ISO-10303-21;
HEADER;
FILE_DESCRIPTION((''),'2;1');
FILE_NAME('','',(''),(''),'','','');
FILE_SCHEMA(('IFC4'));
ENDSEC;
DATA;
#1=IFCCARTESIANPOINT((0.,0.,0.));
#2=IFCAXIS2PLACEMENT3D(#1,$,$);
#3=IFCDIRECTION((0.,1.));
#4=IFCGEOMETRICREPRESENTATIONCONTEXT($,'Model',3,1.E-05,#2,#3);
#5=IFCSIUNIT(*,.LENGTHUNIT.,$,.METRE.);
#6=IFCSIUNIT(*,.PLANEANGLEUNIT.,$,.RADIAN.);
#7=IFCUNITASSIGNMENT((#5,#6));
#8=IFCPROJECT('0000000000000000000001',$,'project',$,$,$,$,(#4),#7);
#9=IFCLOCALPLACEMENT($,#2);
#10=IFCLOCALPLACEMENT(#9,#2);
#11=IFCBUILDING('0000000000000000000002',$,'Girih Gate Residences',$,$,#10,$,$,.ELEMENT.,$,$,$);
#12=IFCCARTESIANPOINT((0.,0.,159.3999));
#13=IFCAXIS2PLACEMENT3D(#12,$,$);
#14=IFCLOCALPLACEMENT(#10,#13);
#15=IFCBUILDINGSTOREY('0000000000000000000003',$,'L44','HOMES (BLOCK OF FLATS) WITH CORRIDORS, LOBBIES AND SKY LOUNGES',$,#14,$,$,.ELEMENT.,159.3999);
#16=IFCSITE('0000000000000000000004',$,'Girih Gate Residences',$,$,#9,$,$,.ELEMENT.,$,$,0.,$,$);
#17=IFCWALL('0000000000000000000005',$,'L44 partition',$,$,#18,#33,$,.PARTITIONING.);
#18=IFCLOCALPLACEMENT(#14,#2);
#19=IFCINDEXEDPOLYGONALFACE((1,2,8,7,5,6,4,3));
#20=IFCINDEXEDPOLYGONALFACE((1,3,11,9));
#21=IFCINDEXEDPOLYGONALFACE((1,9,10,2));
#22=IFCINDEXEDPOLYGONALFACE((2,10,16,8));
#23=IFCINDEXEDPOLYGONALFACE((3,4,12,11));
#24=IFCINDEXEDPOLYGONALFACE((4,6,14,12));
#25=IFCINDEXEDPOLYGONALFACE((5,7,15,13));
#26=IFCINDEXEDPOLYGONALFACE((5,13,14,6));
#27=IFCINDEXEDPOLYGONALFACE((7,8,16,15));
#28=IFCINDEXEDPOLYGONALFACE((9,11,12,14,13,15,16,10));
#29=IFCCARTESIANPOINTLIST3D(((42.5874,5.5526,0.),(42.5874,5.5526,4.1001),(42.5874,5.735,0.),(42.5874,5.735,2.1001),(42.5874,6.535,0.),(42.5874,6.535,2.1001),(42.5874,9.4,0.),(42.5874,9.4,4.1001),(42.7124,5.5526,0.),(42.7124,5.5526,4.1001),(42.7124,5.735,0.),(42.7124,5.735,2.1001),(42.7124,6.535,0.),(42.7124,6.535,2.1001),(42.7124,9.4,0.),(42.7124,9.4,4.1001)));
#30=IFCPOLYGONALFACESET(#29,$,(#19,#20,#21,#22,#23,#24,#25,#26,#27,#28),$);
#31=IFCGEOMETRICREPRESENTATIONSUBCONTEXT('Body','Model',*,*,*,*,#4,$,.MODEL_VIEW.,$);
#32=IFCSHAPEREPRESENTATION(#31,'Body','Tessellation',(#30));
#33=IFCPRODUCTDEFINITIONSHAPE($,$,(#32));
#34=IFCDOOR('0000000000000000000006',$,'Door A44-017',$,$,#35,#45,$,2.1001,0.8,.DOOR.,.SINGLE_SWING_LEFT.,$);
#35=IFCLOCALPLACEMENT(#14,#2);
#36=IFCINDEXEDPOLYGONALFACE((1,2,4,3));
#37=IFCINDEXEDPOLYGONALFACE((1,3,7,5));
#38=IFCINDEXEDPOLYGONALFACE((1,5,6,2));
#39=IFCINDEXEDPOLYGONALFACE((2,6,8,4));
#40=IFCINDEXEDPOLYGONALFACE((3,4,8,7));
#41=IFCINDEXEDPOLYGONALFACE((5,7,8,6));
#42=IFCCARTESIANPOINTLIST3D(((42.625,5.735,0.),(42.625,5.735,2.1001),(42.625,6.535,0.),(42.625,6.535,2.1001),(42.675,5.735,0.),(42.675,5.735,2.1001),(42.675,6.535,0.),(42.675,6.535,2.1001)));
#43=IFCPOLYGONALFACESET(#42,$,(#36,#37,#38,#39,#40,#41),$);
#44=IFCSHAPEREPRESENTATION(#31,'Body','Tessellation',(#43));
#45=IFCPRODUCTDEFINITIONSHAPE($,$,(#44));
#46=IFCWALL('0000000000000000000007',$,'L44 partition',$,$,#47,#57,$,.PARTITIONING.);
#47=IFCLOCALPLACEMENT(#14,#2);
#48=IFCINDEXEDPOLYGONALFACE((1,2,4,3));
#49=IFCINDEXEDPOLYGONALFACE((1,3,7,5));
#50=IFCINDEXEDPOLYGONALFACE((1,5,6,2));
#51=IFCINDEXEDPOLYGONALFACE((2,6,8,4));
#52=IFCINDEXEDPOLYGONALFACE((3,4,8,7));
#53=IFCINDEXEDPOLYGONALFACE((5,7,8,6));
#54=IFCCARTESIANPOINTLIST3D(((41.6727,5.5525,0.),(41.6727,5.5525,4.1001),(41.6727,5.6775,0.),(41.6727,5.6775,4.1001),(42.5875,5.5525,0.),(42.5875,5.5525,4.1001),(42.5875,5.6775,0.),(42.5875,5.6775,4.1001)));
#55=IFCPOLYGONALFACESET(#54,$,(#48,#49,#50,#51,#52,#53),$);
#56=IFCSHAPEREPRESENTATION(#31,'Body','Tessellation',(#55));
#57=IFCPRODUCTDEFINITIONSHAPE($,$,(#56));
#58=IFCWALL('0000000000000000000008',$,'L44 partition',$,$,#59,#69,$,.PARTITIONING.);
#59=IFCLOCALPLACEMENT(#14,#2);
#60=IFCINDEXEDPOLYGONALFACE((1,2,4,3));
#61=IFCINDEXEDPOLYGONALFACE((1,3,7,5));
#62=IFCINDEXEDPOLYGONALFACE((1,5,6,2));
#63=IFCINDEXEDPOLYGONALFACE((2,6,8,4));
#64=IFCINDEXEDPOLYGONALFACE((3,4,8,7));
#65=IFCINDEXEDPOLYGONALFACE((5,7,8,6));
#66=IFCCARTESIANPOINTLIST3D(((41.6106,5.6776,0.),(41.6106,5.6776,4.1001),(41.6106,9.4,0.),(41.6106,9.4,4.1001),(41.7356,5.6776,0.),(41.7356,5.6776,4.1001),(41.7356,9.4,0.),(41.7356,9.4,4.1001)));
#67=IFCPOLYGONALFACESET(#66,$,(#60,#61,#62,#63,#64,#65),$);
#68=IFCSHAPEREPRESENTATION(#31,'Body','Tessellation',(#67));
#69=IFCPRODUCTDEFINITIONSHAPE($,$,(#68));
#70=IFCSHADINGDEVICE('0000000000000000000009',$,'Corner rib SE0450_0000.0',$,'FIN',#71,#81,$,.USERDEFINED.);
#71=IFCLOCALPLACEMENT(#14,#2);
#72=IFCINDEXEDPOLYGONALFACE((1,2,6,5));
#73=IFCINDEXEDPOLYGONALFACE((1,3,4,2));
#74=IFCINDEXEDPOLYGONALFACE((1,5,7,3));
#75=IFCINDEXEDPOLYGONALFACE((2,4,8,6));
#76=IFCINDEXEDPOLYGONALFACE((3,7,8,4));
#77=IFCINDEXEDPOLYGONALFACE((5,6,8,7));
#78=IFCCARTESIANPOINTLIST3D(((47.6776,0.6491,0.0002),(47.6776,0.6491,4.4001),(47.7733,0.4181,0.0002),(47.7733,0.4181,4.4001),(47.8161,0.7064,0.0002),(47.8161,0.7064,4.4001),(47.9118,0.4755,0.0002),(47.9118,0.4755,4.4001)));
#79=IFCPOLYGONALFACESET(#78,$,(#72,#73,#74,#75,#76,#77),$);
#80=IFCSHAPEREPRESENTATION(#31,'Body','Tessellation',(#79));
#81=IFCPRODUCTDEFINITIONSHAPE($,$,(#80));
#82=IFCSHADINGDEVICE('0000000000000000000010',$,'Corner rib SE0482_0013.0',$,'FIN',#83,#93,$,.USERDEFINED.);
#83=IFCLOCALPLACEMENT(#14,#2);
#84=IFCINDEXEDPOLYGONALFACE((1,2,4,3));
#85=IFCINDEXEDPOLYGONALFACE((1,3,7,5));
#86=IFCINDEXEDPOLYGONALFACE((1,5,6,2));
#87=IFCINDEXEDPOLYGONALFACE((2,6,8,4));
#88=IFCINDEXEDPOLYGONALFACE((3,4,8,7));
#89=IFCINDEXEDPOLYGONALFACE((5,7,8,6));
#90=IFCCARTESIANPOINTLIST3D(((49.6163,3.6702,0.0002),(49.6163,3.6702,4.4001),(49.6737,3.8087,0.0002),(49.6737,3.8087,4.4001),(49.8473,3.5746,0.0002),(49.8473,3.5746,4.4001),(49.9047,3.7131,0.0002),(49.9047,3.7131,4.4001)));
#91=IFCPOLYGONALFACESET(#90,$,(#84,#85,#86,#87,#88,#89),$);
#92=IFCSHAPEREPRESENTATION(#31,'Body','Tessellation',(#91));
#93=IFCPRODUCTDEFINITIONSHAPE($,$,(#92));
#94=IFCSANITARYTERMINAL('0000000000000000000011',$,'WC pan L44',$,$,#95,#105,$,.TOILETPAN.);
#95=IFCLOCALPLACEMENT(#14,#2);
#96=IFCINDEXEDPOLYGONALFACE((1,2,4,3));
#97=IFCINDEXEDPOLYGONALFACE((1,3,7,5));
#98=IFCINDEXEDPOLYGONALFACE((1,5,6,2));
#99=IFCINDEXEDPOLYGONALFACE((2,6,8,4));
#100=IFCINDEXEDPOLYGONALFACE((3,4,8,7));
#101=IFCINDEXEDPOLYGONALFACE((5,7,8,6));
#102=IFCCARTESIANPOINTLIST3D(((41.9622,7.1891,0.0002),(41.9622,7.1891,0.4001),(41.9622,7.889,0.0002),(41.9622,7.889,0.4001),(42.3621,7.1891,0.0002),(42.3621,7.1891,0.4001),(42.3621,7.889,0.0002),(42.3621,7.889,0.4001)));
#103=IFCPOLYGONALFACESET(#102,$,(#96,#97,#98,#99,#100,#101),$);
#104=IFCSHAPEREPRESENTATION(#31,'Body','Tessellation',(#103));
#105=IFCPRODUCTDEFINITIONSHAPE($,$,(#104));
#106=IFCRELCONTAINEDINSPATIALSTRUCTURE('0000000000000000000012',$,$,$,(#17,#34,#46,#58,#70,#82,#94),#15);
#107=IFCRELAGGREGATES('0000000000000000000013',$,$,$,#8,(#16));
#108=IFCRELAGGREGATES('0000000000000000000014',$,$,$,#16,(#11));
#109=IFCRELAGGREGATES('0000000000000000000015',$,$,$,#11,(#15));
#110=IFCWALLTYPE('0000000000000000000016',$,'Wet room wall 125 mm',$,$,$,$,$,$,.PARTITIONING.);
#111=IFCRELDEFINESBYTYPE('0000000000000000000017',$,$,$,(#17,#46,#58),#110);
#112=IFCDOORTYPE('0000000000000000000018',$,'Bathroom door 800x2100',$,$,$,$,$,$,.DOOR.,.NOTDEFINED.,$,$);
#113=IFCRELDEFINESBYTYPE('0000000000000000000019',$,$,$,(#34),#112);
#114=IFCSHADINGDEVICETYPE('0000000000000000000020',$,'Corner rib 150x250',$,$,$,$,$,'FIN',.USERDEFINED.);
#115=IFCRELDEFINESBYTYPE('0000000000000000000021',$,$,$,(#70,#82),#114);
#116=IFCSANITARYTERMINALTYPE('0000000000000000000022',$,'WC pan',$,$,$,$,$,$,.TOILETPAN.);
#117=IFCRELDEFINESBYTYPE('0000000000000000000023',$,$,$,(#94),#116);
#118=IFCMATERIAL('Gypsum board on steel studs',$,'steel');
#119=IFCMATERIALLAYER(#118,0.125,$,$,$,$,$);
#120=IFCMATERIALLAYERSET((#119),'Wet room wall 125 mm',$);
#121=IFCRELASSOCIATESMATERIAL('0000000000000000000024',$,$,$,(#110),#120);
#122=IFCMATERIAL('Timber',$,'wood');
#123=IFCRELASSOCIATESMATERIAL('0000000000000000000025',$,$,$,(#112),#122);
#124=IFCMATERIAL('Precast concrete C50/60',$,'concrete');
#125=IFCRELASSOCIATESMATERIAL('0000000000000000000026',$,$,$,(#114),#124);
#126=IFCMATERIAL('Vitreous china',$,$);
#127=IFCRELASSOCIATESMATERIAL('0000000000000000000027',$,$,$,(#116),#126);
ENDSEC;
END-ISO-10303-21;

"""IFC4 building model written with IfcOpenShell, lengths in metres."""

from ifc_helpers import new_model, si_unit, direction, frame, frame_2d, origin, origin_2d, place, context, subcontext, project, spatial, rectangle, extrude, material, layer, layer_set, type_object, element, fill, save


model = new_model("IFC4")

# Units and contexts
model_context = context("Model", 3, precision=1e-05, world=origin(), true_north=direction((0.0, 1.0)))
body_context = subcontext(model_context, "Body", "Model", "MODEL_VIEW")
ifc_project = project(units=[si_unit("LENGTHUNIT", "METRE"), si_unit("PLANEANGLEUNIT", "RADIAN")], contexts=[model_context])

# Site, building, storey
site_placement = place(None, origin())
site = spatial("IfcSite", under=ifc_project, at=site_placement, Name="Girih Gate Residences", CompositionType="ELEMENT", RefElevation=0.0)
building_placement = place(site_placement, origin())
building = spatial("IfcBuilding", under=site, at=building_placement, Name="Girih Gate Residences", CompositionType="ELEMENT")
storey_placement = place(building_placement, frame((0.0, 0.0, 159.3999)))
storey = spatial("IfcBuildingStorey", under=building, at=storey_placement, Name="L44", Description="HOMES (BLOCK OF FLATS) WITH CORRIDORS, LOBBIES AND SKY LOUNGES", CompositionType="ELEMENT", Elevation=159.3999)

# Shared definitions
ifc_material_1 = material(Name="Gypsum board on steel studs", Category="steel")
ifc_material_2 = material(Name="Timber", Category="wood")

# Shared definitions
ifc_material_3 = material(Name="Precast concrete C50/60", Category="concrete")

# Wall, opening, door
ifc_layer_1 = layer(ifc_material_1, 0.125)
ifc_layer_set_1 = layer_set([ifc_layer_1], Name="Wet room wall 125 mm")
wall_type_1 = type_object("IfcWallType", Name="Wet room wall 125 mm", PredefinedType="PARTITIONING", material=ifc_layer_set_1)
wall_1_placement = place(storey_placement, frame((42.6499, 5.5525, 0.0), z_axis=(0.0, 0.0, 1.0), x_axis=(0.0, 1.0, 0.0)))
wall_1 = element("IfcWall", 1, at=wall_1_placement, inside=storey, type_object=wall_type_1, Name="L44 partition", PredefinedType="PARTITIONING", context=body_context, shape_type="SweptSolid", body=[
    extrude(rectangle(XDim=3.8474, YDim=0.125, at=frame_2d((1.9238, 0.0))), origin(), (0.0, 0.0, 1.0), 4.1001),
])
opening_1_placement = place(wall_1_placement, frame((0.1826, 0.0, 0.0)))
opening_1 = element("IfcOpeningElement", 2, at=opening_1_placement, cuts=wall_1, PredefinedType="OPENING", context=body_context, shape_type="SweptSolid", body=[
    extrude(rectangle(XDim=0.8, YDim=2.1001, at=frame_2d((0.3999, 1.05))), frame((0.0, 0.0725, 0.0), z_axis=(0.0, -1.0, 0.0), x_axis=(1.0, 0.0, 0.0)), (0.0, 0.0, 1.0), 0.145),
])
door_type_1 = type_object("IfcDoorType", Name="Bathroom door 800x2100", OperationType="NOTDEFINED", PredefinedType="DOOR", material=ifc_material_2)
door_1_placement = place(opening_1_placement, origin())
door_1 = element("IfcDoor", 3, at=door_1_placement, inside=storey, type_object=door_type_1, Name="Door A44-017", OperationType="SINGLE_SWING_LEFT", OverallHeight=2.1001, OverallWidth=0.8, PredefinedType="DOOR", context=body_context, shape_type="SweptSolid", body=[
    extrude(rectangle(XDim=0.8, YDim=2.1001, at=frame_2d((0.3999, 1.05))), frame((0.0, 0.0249, 0.0), z_axis=(0.0, -1.0, 0.0), x_axis=(1.0, 0.0, 0.0)), (0.0, 0.0, 1.0), 0.05),
])
fill(opening_1, door_1)

# Walls
wall_2_placement = place(storey_placement, frame((41.6726, 5.615, 0.0), z_axis=(0.0, 0.0, 1.0), x_axis=(1.0, 0.0, 0.0)))
element("IfcWall", 4, at=wall_2_placement, inside=storey, type_object=wall_type_1, Name="L44 partition", PredefinedType="PARTITIONING", context=body_context, shape_type="SweptSolid", body=[
    extrude(rectangle(XDim=0.9148, YDim=0.125, at=frame_2d((0.4575, 0.0))), origin(), (0.0, 0.0, 1.0), 4.1001),
])
wall_3_placement = place(storey_placement, frame((41.6731, 5.6775, 0.0), z_axis=(0.0, 0.0, 1.0), x_axis=(0.0, 1.0, 0.0)))
element("IfcWall", 5, at=wall_3_placement, inside=storey, type_object=wall_type_1, Name="L44 partition", PredefinedType="PARTITIONING", context=body_context, shape_type="SweptSolid", body=[
    extrude(rectangle(XDim=3.7224, YDim=0.125, at=frame_2d((1.8613, 0.0))), origin(), (0.0, 0.0, 1.0), 4.1001),
])

# Shading devices
shading_device_type = type_object("IfcShadingDeviceType", Name="Corner rib 150x250", ElementType="FIN", PredefinedType="USERDEFINED", material=ifc_material_3)
for number, where, z_axis, x_axis, name in (
    (6, (47.7947, 0.5623, 0.0002), (0.0, 0.0, 1.0), (0.92388, 0.382683, 0.0), "Corner rib SE0450_0000.0"),
    (7, (49.7605, 3.6917, 0.0002), (0.0, 0.0, 1.0), (0.382683, 0.92388, 0.0), "Corner rib SE0482_0013.0"),
):
    element("IfcShadingDevice", number, at=place(storey_placement, frame(where, z_axis=z_axis, x_axis=x_axis)), inside=storey, type_object=shading_device_type, Name=name, ObjectType="FIN", PredefinedType="USERDEFINED", context=body_context, shape_type="SweptSolid", body=[
        extrude(rectangle(XDim=0.1499, YDim=0.25, at=origin_2d()), origin(), (0.0, 0.0, 1.0), 4.3999),
    ])

# Sanitary terminal
ifc_material_4 = material(Name="Vitreous china")
sanitary_terminal_type = type_object("IfcSanitaryTerminalType", Name="WC pan", PredefinedType="TOILETPAN", material=ifc_material_4)
sanitary_terminal_placement = place(storey_placement, frame((42.1621, 7.5391, 0.0002), z_axis=(0.0, 0.0, 1.0), x_axis=(1.0, 0.0, 0.0)))
element("IfcSanitaryTerminal", 8, at=sanitary_terminal_placement, inside=storey, type_object=sanitary_terminal_type, Name="WC pan L44", PredefinedType="TOILETPAN", context=body_context, shape_type="SweptSolid", body=[
    extrude(rectangle(XDim=0.3999, YDim=0.7, at=origin_2d()), origin(), (0.0, 0.0, 1.0), 0.3999),
])

save(model, "model.ifc")
